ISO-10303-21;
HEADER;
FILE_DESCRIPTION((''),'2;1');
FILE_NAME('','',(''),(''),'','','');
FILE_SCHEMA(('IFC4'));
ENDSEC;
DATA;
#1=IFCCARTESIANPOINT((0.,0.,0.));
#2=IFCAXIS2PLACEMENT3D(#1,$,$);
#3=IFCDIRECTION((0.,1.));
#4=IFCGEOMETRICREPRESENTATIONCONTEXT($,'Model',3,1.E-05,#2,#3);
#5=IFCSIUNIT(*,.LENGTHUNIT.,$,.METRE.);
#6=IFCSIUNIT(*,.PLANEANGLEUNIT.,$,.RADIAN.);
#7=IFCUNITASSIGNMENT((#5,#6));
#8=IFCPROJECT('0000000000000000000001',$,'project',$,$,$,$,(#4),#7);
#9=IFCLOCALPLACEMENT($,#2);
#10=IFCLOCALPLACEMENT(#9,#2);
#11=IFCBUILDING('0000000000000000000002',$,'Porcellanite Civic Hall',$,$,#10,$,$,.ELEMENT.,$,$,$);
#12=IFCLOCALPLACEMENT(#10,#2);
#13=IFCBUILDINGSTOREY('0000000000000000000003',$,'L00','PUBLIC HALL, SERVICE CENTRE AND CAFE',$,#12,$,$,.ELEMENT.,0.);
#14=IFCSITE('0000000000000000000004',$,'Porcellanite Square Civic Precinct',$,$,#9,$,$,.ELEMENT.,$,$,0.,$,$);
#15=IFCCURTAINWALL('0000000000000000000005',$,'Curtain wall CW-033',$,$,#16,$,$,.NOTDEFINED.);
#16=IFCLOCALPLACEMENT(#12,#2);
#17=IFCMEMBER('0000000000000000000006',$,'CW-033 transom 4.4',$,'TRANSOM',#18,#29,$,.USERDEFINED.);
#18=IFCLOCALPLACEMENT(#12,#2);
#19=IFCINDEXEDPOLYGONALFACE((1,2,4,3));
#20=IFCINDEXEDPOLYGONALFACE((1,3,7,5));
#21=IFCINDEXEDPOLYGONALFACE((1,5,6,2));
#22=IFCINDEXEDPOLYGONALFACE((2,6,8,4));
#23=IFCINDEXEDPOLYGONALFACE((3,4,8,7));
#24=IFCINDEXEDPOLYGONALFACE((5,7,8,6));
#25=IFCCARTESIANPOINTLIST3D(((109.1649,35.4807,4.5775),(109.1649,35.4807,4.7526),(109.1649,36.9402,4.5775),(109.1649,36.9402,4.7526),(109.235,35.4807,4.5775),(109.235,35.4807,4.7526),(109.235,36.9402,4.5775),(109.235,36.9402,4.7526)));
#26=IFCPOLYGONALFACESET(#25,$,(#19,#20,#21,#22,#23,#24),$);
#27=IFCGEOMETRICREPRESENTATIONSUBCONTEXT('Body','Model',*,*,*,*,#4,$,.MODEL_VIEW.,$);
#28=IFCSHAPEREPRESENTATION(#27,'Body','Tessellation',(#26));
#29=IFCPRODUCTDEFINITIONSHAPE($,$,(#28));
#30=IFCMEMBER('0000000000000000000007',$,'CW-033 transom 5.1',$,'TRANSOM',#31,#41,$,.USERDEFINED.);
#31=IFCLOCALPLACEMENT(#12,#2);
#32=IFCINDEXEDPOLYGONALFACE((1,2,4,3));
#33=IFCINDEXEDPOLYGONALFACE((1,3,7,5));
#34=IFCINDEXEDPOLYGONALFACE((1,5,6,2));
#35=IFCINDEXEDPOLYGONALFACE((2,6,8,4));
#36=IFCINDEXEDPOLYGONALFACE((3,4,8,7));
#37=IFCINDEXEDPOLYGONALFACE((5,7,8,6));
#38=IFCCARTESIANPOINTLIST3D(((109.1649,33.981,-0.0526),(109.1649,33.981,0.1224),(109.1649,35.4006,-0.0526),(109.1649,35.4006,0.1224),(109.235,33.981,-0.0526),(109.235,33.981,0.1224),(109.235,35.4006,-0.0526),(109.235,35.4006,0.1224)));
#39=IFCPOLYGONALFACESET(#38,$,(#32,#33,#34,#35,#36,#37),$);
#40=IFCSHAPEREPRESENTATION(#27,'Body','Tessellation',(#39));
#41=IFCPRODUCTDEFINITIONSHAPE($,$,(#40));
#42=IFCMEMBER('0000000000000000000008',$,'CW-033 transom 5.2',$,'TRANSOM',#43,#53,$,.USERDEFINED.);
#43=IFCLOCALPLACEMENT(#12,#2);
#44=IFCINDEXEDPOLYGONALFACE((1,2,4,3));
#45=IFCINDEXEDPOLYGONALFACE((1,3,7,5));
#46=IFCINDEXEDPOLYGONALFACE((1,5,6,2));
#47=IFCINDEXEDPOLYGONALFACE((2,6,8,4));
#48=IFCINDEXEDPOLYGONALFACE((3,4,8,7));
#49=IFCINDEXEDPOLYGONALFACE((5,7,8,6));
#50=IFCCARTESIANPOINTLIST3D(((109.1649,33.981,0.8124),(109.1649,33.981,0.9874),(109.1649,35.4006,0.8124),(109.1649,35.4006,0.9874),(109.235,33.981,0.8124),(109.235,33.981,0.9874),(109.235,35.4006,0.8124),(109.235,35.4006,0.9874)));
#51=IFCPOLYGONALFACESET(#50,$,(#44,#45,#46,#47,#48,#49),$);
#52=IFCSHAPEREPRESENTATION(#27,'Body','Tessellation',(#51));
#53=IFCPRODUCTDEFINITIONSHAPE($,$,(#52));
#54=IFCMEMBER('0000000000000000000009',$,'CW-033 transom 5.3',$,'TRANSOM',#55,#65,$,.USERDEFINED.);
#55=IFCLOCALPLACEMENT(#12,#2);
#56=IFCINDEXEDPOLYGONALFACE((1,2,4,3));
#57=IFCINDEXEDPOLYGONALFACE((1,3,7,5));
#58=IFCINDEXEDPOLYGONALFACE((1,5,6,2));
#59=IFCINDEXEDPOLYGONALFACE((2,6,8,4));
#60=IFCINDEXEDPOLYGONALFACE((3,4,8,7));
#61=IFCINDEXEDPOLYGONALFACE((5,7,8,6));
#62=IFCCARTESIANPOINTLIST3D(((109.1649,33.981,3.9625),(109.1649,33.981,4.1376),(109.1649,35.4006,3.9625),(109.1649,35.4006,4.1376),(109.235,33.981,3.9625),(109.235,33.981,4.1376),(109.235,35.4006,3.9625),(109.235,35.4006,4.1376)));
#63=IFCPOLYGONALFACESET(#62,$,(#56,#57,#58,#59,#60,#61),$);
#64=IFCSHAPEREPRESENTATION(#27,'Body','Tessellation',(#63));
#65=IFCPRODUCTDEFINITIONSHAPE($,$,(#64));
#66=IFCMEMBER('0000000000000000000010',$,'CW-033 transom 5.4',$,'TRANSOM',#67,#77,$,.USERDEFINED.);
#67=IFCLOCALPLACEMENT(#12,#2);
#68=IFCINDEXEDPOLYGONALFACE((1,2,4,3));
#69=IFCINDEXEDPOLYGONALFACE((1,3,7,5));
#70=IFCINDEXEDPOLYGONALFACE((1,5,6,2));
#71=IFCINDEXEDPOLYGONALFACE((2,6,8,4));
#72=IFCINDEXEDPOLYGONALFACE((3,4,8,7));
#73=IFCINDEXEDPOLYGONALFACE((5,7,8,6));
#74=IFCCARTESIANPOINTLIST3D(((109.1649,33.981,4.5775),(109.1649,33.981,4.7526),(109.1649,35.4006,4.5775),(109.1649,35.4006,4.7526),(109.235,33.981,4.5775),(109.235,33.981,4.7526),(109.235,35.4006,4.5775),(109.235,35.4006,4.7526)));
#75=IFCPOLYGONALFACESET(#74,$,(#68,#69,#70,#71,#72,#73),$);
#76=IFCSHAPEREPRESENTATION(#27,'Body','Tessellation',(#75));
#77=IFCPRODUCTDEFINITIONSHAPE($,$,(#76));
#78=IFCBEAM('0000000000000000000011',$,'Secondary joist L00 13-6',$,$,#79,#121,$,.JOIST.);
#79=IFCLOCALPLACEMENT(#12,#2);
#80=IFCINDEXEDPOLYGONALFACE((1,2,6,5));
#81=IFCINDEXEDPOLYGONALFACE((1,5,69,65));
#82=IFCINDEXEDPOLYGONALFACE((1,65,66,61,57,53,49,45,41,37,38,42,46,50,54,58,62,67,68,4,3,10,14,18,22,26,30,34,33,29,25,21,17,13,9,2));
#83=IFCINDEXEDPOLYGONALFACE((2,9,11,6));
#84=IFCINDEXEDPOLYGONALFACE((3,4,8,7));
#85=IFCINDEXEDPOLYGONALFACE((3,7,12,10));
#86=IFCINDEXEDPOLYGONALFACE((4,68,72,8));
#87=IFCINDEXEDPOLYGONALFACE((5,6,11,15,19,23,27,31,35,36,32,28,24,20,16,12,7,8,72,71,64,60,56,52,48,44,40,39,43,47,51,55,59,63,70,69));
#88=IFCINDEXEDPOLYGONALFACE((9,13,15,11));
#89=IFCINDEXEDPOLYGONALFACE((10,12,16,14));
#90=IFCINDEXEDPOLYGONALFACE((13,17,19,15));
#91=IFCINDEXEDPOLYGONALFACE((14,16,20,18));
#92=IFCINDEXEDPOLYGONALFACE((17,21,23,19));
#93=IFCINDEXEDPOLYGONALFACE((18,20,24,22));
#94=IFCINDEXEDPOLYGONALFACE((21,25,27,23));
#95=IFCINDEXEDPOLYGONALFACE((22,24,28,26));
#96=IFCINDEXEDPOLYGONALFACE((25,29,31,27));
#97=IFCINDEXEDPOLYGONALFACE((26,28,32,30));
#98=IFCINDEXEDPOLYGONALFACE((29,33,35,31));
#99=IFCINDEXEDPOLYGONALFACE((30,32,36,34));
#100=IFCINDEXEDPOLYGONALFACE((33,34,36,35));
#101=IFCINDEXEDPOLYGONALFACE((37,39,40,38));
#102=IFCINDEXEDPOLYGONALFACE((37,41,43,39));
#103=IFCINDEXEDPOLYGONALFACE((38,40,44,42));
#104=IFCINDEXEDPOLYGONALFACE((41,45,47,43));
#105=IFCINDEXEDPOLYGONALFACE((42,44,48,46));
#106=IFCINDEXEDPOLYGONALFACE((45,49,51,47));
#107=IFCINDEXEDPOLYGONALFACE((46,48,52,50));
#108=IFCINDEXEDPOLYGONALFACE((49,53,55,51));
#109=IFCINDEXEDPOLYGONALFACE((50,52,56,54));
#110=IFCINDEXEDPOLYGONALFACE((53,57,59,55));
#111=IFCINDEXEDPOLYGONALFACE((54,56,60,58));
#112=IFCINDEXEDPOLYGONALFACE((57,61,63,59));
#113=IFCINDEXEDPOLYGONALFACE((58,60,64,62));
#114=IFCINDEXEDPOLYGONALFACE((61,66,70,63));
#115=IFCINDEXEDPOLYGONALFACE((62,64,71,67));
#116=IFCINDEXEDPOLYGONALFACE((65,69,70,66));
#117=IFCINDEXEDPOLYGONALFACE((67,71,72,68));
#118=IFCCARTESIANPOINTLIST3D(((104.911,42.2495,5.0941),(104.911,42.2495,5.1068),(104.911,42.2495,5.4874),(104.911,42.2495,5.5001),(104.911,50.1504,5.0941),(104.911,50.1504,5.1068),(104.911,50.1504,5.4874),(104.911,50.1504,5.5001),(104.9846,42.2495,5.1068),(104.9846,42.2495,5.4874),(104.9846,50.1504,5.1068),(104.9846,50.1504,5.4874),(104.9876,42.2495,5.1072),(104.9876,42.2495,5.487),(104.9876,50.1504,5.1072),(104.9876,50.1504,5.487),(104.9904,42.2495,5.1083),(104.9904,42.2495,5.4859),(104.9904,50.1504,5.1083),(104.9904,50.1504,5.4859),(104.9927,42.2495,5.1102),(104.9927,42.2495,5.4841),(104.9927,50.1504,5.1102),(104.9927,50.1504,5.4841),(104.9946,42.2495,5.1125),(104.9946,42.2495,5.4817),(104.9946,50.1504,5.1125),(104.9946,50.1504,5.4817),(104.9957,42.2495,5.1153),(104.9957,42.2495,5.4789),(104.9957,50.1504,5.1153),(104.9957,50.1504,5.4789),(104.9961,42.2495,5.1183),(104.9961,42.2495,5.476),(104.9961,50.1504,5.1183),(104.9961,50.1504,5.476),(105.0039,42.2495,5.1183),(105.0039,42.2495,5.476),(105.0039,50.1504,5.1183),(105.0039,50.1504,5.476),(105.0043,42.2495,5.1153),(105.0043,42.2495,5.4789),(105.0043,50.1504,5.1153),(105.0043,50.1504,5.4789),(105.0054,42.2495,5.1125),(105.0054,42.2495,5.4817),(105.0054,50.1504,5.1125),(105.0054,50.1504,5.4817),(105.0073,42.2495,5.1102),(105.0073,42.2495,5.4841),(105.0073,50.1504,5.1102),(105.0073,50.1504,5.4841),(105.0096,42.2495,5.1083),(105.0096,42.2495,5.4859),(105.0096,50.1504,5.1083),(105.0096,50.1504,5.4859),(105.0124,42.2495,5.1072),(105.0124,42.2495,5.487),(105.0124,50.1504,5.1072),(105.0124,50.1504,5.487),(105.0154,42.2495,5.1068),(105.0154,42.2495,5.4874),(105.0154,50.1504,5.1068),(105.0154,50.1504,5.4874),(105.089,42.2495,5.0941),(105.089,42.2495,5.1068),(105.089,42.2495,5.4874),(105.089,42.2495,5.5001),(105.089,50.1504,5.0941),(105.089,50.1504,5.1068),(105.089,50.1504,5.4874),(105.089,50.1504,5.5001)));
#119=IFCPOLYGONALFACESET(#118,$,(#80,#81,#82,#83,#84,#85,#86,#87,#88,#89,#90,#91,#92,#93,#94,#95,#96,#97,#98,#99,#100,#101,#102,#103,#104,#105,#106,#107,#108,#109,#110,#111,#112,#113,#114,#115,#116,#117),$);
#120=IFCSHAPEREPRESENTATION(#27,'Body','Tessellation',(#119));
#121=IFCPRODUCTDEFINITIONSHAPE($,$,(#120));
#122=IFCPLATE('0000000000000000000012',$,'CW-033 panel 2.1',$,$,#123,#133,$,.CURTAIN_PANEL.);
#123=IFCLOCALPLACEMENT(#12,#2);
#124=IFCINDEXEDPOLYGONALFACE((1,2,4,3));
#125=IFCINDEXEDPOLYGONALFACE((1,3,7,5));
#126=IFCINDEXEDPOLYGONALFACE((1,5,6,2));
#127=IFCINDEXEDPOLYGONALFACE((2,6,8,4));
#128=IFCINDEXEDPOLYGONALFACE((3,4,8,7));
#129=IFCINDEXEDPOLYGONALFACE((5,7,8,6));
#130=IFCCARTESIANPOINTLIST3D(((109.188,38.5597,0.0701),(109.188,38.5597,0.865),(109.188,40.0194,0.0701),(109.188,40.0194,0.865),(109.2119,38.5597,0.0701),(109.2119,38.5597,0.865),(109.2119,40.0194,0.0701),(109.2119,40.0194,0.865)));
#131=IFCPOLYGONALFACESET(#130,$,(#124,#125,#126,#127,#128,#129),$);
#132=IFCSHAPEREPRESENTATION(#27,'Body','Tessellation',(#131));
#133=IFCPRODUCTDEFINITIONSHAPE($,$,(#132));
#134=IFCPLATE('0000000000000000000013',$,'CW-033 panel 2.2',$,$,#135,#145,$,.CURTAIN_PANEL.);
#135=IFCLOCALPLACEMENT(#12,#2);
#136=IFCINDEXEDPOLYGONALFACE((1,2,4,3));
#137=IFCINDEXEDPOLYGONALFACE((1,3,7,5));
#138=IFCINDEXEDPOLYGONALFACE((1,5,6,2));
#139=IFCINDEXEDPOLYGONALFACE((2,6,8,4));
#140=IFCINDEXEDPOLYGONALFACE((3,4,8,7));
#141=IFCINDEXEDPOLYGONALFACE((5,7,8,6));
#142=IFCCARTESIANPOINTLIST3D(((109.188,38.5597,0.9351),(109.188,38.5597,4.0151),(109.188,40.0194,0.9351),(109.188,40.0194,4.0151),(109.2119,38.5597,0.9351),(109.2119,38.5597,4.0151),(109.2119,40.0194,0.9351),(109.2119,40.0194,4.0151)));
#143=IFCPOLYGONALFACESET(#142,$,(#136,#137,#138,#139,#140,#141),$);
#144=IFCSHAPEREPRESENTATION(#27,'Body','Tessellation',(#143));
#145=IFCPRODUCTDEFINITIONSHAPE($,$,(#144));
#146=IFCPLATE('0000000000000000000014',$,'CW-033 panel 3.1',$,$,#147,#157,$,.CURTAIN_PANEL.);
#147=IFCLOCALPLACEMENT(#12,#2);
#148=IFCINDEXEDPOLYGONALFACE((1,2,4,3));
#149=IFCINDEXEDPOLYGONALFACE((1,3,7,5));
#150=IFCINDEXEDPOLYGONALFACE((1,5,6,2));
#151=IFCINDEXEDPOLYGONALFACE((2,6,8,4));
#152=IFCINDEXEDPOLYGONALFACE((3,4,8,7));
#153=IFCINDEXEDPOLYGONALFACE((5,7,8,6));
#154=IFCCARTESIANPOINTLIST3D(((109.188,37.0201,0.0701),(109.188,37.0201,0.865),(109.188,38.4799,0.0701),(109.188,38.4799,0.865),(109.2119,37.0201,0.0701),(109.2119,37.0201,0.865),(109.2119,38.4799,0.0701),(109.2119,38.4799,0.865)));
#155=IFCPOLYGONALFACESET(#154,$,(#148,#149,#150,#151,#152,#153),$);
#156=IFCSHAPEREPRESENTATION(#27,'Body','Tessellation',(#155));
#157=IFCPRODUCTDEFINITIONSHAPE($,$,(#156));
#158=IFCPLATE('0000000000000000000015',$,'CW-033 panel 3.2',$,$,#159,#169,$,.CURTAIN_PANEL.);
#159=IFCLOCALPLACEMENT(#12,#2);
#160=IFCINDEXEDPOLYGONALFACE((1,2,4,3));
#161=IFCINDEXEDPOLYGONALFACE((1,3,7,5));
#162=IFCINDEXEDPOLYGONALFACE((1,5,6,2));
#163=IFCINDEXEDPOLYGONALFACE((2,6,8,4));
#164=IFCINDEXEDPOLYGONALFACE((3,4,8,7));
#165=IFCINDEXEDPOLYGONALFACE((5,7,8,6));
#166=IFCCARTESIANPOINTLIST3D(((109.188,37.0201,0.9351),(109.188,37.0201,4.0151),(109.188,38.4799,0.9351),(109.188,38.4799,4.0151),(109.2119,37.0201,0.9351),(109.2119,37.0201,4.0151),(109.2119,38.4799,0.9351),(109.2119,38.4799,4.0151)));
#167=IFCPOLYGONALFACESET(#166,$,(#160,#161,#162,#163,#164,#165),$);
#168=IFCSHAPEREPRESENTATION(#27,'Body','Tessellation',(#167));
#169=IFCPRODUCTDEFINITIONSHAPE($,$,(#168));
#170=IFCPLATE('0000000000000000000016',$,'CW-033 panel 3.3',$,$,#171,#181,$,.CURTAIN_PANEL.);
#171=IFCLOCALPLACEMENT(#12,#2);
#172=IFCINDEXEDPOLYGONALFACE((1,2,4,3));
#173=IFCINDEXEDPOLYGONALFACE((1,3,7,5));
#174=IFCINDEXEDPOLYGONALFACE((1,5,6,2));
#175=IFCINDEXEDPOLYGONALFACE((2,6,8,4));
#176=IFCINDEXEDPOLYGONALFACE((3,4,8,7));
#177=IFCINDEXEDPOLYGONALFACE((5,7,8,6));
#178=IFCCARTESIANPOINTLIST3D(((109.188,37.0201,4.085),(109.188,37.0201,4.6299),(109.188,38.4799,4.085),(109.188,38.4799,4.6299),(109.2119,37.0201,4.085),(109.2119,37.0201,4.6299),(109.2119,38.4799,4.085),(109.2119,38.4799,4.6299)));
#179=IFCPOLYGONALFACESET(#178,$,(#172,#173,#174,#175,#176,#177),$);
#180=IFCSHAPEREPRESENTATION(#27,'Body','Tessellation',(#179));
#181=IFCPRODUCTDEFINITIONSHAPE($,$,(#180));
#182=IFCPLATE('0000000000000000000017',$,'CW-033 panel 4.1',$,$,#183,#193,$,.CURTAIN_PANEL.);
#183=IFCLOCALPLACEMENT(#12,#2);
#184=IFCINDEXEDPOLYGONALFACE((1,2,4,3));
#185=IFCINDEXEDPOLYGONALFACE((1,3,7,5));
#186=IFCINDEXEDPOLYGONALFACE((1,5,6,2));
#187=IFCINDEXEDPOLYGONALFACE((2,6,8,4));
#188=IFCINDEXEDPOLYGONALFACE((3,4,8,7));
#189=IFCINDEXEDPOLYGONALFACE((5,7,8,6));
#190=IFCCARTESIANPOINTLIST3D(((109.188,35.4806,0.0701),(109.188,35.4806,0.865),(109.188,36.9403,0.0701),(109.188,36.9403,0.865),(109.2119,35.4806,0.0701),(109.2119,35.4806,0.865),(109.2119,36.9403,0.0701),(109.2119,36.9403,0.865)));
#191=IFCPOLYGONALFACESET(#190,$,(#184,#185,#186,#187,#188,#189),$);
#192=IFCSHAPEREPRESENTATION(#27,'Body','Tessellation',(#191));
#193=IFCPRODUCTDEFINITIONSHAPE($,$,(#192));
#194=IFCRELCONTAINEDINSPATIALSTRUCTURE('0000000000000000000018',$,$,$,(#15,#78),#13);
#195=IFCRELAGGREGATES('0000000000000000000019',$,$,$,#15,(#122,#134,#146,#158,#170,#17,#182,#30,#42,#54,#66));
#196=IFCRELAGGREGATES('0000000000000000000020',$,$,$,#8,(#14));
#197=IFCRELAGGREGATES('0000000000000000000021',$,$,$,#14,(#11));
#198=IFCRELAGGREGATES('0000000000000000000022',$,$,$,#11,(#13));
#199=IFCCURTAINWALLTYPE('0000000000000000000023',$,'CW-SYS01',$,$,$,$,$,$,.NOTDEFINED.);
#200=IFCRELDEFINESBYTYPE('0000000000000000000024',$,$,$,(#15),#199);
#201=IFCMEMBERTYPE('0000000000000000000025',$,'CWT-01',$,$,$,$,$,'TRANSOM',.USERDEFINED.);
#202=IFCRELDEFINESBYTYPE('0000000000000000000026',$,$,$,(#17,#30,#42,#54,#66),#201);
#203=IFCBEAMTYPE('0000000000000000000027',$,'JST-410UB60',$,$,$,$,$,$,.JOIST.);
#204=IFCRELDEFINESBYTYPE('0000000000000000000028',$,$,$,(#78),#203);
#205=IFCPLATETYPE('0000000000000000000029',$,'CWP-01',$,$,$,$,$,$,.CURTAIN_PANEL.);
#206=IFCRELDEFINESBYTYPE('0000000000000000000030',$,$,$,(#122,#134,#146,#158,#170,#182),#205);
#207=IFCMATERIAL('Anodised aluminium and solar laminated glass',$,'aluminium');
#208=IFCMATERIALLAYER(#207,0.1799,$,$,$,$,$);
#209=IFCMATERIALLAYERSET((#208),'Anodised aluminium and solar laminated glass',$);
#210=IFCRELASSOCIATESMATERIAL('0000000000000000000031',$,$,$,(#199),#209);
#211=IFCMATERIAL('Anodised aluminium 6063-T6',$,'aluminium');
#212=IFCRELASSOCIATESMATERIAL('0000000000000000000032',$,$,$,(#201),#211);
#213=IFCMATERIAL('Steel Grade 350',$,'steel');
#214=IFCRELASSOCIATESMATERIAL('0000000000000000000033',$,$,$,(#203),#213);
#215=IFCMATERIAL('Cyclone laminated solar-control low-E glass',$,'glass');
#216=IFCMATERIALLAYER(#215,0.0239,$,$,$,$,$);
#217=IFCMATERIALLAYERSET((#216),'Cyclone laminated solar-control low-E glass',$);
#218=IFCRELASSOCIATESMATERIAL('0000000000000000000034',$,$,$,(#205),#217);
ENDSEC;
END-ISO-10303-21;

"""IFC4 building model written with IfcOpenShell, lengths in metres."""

from ifc_helpers import new_model, si_unit, direction, frame, origin, origin_2d, place, context, subcontext, project, spatial, rectangle, i_section, extrude, material, layer, layer_set, material_profile, profile_set, type_object, element, aggregate, save


model = new_model("IFC4")

# Units and contexts
model_context = context("Model", 3, precision=1e-05, world=origin(), true_north=direction((0.0, 1.0)))
body_context = subcontext(model_context, "Body", "Model", "MODEL_VIEW")
ifc_project = project(units=[si_unit("LENGTHUNIT", "METRE"), si_unit("PLANEANGLEUNIT", "RADIAN")], contexts=[model_context])

# Site, building, storey
site_placement = place(None, origin())
site = spatial("IfcSite", under=ifc_project, at=site_placement, Name="Porcellanite Square Civic Precinct", CompositionType="ELEMENT", RefElevation=0.0)
building_placement = place(site_placement, origin())
building = spatial("IfcBuilding", under=site, at=building_placement, Name="Porcellanite Civic Hall", CompositionType="ELEMENT")
storey_placement = place(building_placement, origin())
storey = spatial("IfcBuildingStorey", under=building, at=storey_placement, Name="L00", Description="PUBLIC HALL, SERVICE CENTRE AND CAFE", CompositionType="ELEMENT", Elevation=0.0)

# Curtain wall, members
ifc_material_1 = material(Name="Anodised aluminium and solar laminated glass", Category="aluminium")
ifc_layer_1 = layer(ifc_material_1, 0.1799)
ifc_layer_set_1 = layer_set([ifc_layer_1], Name="Anodised aluminium and solar laminated glass")
curtain_wall_type = type_object("IfcCurtainWallType", Name="CW-SYS01", PredefinedType="NOTDEFINED", material=ifc_layer_set_1)
curtain_wall_placement = place(storey_placement, origin())
curtain_wall = element("IfcCurtainWall", 1, at=curtain_wall_placement, inside=storey, type_object=curtain_wall_type, Name="Curtain wall CW-033", PredefinedType="NOTDEFINED")
ifc_material_2 = material(Name="Anodised aluminium 6063-T6", Category="aluminium")
ifc_material_profile_1 = material_profile(ifc_material_2, rectangle(XDim=0.0701, YDim=0.175, at=origin_2d()), Name="AL-70x175")
ifc_profile_set_1 = profile_set([ifc_material_profile_1], Name="Anodised aluminium 6063-T6")
member_type_1 = type_object("IfcMemberType", Name="CWT-01", ElementType="TRANSOM", PredefinedType="USERDEFINED", material=ifc_profile_set_1)
member_1_placement = place(storey_placement, frame((109.2, 36.9402, 4.665), z_axis=(0.0, -1.0, 0.0), x_axis=(1.0, 0.0, 0.0)))
member_1 = element("IfcMember", 2, at=member_1_placement, type_object=member_type_1, Name="CW-033 transom 4.4", ObjectType="TRANSOM", PredefinedType="USERDEFINED", context=body_context, shape_type="SweptSolid", body=[
    extrude(rectangle(XDim=0.0701, YDim=0.175, at=origin_2d()), origin(), (0.0, 0.0, 1.0), 1.4595),
])
member_2_placement = place(storey_placement, frame((109.2, 35.4006, 0.0349), z_axis=(0.0, -1.0, 0.0), x_axis=(1.0, 0.0, 0.0)))
member_2 = element("IfcMember", 3, at=member_2_placement, type_object=member_type_1, Name="CW-033 transom 5.1", ObjectType="TRANSOM", PredefinedType="USERDEFINED", context=body_context, shape_type="SweptSolid", body=[
    extrude(rectangle(XDim=0.0701, YDim=0.175, at=origin_2d()), origin(), (0.0, 0.0, 1.0), 1.4197),
])
member_3_placement = place(storey_placement, frame((109.2, 35.4006, 0.8999), z_axis=(0.0, -1.0, 0.0), x_axis=(1.0, 0.0, 0.0)))
member_3 = element("IfcMember", 4, at=member_3_placement, type_object=member_type_1, Name="CW-033 transom 5.2", ObjectType="TRANSOM", PredefinedType="USERDEFINED", context=body_context, shape_type="SweptSolid", body=[
    extrude(rectangle(XDim=0.0701, YDim=0.175, at=origin_2d()), origin(), (0.0, 0.0, 1.0), 1.4197),
])
member_4_placement = place(storey_placement, frame((109.2, 35.4006, 4.05), z_axis=(0.0, -1.0, 0.0), x_axis=(1.0, 0.0, 0.0)))
member_4 = element("IfcMember", 5, at=member_4_placement, type_object=member_type_1, Name="CW-033 transom 5.3", ObjectType="TRANSOM", PredefinedType="USERDEFINED", context=body_context, shape_type="SweptSolid", body=[
    extrude(rectangle(XDim=0.0701, YDim=0.175, at=origin_2d()), origin(), (0.0, 0.0, 1.0), 1.4197),
])
member_5_placement = place(storey_placement, frame((109.2, 35.4006, 4.665), z_axis=(0.0, -1.0, 0.0), x_axis=(1.0, 0.0, 0.0)))
member_5 = element("IfcMember", 6, at=member_5_placement, type_object=member_type_1, Name="CW-033 transom 5.4", ObjectType="TRANSOM", PredefinedType="USERDEFINED", context=body_context, shape_type="SweptSolid", body=[
    extrude(rectangle(XDim=0.0701, YDim=0.175, at=origin_2d()), origin(), (0.0, 0.0, 1.0), 1.4197),
])

# Beam
ifc_material_3 = material(Name="Steel Grade 350", Category="steel")
ifc_material_profile_2 = material_profile(ifc_material_3, i_section(OverallWidth=0.178, OverallDepth=0.406, WebThickness=0.0078, FlangeThickness=0.0127, FilletRadius=0.0115, at=origin_2d()), Name="410UB59.7")
ifc_profile_set_2 = profile_set([ifc_material_profile_2], Name="Steel Grade 350")
beam_type_1 = type_object("IfcBeamType", Name="JST-410UB60", PredefinedType="JOIST", material=ifc_profile_set_2)
beam_1_placement = place(storey_placement, frame((105.0, 42.2495, 5.2971), z_axis=(0.0, 1.0, 0.0), x_axis=(-1.0, 0.0, 0.0)))
element("IfcBeam", 7, at=beam_1_placement, inside=storey, type_object=beam_type_1, Name="Secondary joist L00 13-6", PredefinedType="JOIST", context=body_context, shape_type="SweptSolid", body=[
    extrude(i_section(OverallWidth=0.178, OverallDepth=0.406, WebThickness=0.0078, FlangeThickness=0.0127, FilletRadius=0.0115, at=origin_2d()), origin(), (0.0, 0.0, 1.0), 7.9009),
])

# Plates
ifc_material_4 = material(Name="Cyclone laminated solar-control low-E glass", Category="glass")
ifc_layer_2 = layer(ifc_material_4, 0.0239)
ifc_layer_set_2 = layer_set([ifc_layer_2], Name="Cyclone laminated solar-control low-E glass")
plate_type = type_object("IfcPlateType", Name="CWP-01", PredefinedType="CURTAIN_PANEL", material=ifc_layer_set_2)
plate_1_placement = place(storey_placement, frame((109.2, 39.2896, 0.0701), z_axis=(0.0, 0.0, 1.0), x_axis=(0.0, -1.0, 0.0)))
plate_1 = element("IfcPlate", 8, at=plate_1_placement, type_object=plate_type, Name="CW-033 panel 2.1", PredefinedType="CURTAIN_PANEL", context=body_context, shape_type="SweptSolid", body=[
    extrude(rectangle(XDim=1.4597, YDim=0.0239, at=origin_2d()), origin(), (0.0, 0.0, 1.0), 0.7949),
])
plate_2_placement = place(storey_placement, frame((109.2, 39.2896, 0.9351), z_axis=(0.0, 0.0, 1.0), x_axis=(0.0, -1.0, 0.0)))
plate_2 = element("IfcPlate", 9, at=plate_2_placement, type_object=plate_type, Name="CW-033 panel 2.2", PredefinedType="CURTAIN_PANEL", context=body_context, shape_type="SweptSolid", body=[
    extrude(rectangle(XDim=1.4597, YDim=0.0239, at=origin_2d()), origin(), (0.0, 0.0, 1.0), 3.0801),
])
plate_3_placement = place(storey_placement, frame((109.2, 37.75, 0.0701), z_axis=(0.0, 0.0, 1.0), x_axis=(0.0, -1.0, 0.0)))
plate_3 = element("IfcPlate", 10, at=plate_3_placement, type_object=plate_type, Name="CW-033 panel 3.1", PredefinedType="CURTAIN_PANEL", context=body_context, shape_type="SweptSolid", body=[
    extrude(rectangle(XDim=1.4597, YDim=0.0239, at=origin_2d()), origin(), (0.0, 0.0, 1.0), 0.7949),
])
plate_4_placement = place(storey_placement, frame((109.2, 37.75, 0.9351), z_axis=(0.0, 0.0, 1.0), x_axis=(0.0, -1.0, 0.0)))
plate_4 = element("IfcPlate", 11, at=plate_4_placement, type_object=plate_type, Name="CW-033 panel 3.2", PredefinedType="CURTAIN_PANEL", context=body_context, shape_type="SweptSolid", body=[
    extrude(rectangle(XDim=1.4597, YDim=0.0239, at=origin_2d()), origin(), (0.0, 0.0, 1.0), 3.0801),
])
plate_5_placement = place(storey_placement, frame((109.2, 37.75, 4.085), z_axis=(0.0, 0.0, 1.0), x_axis=(0.0, -1.0, 0.0)))
plate_5 = element("IfcPlate", 12, at=plate_5_placement, type_object=plate_type, Name="CW-033 panel 3.3", PredefinedType="CURTAIN_PANEL", context=body_context, shape_type="SweptSolid", body=[
    extrude(rectangle(XDim=1.4597, YDim=0.0239, at=origin_2d()), origin(), (0.0, 0.0, 1.0), 0.5449),
])
plate_6_placement = place(storey_placement, frame((109.2, 36.2104, 0.0701), z_axis=(0.0, 0.0, 1.0), x_axis=(0.0, -1.0, 0.0)))
plate_6 = element("IfcPlate", 13, at=plate_6_placement, type_object=plate_type, Name="CW-033 panel 4.1", PredefinedType="CURTAIN_PANEL", context=body_context, shape_type="SweptSolid", body=[
    extrude(rectangle(XDim=1.4597, YDim=0.0239, at=origin_2d()), origin(), (0.0, 0.0, 1.0), 0.7949),
])
aggregate(curtain_wall, [plate_1, plate_2, plate_3, plate_4, plate_5, member_1, plate_6, member_2, member_3, member_4, member_5])

save(model, "model.ifc")
